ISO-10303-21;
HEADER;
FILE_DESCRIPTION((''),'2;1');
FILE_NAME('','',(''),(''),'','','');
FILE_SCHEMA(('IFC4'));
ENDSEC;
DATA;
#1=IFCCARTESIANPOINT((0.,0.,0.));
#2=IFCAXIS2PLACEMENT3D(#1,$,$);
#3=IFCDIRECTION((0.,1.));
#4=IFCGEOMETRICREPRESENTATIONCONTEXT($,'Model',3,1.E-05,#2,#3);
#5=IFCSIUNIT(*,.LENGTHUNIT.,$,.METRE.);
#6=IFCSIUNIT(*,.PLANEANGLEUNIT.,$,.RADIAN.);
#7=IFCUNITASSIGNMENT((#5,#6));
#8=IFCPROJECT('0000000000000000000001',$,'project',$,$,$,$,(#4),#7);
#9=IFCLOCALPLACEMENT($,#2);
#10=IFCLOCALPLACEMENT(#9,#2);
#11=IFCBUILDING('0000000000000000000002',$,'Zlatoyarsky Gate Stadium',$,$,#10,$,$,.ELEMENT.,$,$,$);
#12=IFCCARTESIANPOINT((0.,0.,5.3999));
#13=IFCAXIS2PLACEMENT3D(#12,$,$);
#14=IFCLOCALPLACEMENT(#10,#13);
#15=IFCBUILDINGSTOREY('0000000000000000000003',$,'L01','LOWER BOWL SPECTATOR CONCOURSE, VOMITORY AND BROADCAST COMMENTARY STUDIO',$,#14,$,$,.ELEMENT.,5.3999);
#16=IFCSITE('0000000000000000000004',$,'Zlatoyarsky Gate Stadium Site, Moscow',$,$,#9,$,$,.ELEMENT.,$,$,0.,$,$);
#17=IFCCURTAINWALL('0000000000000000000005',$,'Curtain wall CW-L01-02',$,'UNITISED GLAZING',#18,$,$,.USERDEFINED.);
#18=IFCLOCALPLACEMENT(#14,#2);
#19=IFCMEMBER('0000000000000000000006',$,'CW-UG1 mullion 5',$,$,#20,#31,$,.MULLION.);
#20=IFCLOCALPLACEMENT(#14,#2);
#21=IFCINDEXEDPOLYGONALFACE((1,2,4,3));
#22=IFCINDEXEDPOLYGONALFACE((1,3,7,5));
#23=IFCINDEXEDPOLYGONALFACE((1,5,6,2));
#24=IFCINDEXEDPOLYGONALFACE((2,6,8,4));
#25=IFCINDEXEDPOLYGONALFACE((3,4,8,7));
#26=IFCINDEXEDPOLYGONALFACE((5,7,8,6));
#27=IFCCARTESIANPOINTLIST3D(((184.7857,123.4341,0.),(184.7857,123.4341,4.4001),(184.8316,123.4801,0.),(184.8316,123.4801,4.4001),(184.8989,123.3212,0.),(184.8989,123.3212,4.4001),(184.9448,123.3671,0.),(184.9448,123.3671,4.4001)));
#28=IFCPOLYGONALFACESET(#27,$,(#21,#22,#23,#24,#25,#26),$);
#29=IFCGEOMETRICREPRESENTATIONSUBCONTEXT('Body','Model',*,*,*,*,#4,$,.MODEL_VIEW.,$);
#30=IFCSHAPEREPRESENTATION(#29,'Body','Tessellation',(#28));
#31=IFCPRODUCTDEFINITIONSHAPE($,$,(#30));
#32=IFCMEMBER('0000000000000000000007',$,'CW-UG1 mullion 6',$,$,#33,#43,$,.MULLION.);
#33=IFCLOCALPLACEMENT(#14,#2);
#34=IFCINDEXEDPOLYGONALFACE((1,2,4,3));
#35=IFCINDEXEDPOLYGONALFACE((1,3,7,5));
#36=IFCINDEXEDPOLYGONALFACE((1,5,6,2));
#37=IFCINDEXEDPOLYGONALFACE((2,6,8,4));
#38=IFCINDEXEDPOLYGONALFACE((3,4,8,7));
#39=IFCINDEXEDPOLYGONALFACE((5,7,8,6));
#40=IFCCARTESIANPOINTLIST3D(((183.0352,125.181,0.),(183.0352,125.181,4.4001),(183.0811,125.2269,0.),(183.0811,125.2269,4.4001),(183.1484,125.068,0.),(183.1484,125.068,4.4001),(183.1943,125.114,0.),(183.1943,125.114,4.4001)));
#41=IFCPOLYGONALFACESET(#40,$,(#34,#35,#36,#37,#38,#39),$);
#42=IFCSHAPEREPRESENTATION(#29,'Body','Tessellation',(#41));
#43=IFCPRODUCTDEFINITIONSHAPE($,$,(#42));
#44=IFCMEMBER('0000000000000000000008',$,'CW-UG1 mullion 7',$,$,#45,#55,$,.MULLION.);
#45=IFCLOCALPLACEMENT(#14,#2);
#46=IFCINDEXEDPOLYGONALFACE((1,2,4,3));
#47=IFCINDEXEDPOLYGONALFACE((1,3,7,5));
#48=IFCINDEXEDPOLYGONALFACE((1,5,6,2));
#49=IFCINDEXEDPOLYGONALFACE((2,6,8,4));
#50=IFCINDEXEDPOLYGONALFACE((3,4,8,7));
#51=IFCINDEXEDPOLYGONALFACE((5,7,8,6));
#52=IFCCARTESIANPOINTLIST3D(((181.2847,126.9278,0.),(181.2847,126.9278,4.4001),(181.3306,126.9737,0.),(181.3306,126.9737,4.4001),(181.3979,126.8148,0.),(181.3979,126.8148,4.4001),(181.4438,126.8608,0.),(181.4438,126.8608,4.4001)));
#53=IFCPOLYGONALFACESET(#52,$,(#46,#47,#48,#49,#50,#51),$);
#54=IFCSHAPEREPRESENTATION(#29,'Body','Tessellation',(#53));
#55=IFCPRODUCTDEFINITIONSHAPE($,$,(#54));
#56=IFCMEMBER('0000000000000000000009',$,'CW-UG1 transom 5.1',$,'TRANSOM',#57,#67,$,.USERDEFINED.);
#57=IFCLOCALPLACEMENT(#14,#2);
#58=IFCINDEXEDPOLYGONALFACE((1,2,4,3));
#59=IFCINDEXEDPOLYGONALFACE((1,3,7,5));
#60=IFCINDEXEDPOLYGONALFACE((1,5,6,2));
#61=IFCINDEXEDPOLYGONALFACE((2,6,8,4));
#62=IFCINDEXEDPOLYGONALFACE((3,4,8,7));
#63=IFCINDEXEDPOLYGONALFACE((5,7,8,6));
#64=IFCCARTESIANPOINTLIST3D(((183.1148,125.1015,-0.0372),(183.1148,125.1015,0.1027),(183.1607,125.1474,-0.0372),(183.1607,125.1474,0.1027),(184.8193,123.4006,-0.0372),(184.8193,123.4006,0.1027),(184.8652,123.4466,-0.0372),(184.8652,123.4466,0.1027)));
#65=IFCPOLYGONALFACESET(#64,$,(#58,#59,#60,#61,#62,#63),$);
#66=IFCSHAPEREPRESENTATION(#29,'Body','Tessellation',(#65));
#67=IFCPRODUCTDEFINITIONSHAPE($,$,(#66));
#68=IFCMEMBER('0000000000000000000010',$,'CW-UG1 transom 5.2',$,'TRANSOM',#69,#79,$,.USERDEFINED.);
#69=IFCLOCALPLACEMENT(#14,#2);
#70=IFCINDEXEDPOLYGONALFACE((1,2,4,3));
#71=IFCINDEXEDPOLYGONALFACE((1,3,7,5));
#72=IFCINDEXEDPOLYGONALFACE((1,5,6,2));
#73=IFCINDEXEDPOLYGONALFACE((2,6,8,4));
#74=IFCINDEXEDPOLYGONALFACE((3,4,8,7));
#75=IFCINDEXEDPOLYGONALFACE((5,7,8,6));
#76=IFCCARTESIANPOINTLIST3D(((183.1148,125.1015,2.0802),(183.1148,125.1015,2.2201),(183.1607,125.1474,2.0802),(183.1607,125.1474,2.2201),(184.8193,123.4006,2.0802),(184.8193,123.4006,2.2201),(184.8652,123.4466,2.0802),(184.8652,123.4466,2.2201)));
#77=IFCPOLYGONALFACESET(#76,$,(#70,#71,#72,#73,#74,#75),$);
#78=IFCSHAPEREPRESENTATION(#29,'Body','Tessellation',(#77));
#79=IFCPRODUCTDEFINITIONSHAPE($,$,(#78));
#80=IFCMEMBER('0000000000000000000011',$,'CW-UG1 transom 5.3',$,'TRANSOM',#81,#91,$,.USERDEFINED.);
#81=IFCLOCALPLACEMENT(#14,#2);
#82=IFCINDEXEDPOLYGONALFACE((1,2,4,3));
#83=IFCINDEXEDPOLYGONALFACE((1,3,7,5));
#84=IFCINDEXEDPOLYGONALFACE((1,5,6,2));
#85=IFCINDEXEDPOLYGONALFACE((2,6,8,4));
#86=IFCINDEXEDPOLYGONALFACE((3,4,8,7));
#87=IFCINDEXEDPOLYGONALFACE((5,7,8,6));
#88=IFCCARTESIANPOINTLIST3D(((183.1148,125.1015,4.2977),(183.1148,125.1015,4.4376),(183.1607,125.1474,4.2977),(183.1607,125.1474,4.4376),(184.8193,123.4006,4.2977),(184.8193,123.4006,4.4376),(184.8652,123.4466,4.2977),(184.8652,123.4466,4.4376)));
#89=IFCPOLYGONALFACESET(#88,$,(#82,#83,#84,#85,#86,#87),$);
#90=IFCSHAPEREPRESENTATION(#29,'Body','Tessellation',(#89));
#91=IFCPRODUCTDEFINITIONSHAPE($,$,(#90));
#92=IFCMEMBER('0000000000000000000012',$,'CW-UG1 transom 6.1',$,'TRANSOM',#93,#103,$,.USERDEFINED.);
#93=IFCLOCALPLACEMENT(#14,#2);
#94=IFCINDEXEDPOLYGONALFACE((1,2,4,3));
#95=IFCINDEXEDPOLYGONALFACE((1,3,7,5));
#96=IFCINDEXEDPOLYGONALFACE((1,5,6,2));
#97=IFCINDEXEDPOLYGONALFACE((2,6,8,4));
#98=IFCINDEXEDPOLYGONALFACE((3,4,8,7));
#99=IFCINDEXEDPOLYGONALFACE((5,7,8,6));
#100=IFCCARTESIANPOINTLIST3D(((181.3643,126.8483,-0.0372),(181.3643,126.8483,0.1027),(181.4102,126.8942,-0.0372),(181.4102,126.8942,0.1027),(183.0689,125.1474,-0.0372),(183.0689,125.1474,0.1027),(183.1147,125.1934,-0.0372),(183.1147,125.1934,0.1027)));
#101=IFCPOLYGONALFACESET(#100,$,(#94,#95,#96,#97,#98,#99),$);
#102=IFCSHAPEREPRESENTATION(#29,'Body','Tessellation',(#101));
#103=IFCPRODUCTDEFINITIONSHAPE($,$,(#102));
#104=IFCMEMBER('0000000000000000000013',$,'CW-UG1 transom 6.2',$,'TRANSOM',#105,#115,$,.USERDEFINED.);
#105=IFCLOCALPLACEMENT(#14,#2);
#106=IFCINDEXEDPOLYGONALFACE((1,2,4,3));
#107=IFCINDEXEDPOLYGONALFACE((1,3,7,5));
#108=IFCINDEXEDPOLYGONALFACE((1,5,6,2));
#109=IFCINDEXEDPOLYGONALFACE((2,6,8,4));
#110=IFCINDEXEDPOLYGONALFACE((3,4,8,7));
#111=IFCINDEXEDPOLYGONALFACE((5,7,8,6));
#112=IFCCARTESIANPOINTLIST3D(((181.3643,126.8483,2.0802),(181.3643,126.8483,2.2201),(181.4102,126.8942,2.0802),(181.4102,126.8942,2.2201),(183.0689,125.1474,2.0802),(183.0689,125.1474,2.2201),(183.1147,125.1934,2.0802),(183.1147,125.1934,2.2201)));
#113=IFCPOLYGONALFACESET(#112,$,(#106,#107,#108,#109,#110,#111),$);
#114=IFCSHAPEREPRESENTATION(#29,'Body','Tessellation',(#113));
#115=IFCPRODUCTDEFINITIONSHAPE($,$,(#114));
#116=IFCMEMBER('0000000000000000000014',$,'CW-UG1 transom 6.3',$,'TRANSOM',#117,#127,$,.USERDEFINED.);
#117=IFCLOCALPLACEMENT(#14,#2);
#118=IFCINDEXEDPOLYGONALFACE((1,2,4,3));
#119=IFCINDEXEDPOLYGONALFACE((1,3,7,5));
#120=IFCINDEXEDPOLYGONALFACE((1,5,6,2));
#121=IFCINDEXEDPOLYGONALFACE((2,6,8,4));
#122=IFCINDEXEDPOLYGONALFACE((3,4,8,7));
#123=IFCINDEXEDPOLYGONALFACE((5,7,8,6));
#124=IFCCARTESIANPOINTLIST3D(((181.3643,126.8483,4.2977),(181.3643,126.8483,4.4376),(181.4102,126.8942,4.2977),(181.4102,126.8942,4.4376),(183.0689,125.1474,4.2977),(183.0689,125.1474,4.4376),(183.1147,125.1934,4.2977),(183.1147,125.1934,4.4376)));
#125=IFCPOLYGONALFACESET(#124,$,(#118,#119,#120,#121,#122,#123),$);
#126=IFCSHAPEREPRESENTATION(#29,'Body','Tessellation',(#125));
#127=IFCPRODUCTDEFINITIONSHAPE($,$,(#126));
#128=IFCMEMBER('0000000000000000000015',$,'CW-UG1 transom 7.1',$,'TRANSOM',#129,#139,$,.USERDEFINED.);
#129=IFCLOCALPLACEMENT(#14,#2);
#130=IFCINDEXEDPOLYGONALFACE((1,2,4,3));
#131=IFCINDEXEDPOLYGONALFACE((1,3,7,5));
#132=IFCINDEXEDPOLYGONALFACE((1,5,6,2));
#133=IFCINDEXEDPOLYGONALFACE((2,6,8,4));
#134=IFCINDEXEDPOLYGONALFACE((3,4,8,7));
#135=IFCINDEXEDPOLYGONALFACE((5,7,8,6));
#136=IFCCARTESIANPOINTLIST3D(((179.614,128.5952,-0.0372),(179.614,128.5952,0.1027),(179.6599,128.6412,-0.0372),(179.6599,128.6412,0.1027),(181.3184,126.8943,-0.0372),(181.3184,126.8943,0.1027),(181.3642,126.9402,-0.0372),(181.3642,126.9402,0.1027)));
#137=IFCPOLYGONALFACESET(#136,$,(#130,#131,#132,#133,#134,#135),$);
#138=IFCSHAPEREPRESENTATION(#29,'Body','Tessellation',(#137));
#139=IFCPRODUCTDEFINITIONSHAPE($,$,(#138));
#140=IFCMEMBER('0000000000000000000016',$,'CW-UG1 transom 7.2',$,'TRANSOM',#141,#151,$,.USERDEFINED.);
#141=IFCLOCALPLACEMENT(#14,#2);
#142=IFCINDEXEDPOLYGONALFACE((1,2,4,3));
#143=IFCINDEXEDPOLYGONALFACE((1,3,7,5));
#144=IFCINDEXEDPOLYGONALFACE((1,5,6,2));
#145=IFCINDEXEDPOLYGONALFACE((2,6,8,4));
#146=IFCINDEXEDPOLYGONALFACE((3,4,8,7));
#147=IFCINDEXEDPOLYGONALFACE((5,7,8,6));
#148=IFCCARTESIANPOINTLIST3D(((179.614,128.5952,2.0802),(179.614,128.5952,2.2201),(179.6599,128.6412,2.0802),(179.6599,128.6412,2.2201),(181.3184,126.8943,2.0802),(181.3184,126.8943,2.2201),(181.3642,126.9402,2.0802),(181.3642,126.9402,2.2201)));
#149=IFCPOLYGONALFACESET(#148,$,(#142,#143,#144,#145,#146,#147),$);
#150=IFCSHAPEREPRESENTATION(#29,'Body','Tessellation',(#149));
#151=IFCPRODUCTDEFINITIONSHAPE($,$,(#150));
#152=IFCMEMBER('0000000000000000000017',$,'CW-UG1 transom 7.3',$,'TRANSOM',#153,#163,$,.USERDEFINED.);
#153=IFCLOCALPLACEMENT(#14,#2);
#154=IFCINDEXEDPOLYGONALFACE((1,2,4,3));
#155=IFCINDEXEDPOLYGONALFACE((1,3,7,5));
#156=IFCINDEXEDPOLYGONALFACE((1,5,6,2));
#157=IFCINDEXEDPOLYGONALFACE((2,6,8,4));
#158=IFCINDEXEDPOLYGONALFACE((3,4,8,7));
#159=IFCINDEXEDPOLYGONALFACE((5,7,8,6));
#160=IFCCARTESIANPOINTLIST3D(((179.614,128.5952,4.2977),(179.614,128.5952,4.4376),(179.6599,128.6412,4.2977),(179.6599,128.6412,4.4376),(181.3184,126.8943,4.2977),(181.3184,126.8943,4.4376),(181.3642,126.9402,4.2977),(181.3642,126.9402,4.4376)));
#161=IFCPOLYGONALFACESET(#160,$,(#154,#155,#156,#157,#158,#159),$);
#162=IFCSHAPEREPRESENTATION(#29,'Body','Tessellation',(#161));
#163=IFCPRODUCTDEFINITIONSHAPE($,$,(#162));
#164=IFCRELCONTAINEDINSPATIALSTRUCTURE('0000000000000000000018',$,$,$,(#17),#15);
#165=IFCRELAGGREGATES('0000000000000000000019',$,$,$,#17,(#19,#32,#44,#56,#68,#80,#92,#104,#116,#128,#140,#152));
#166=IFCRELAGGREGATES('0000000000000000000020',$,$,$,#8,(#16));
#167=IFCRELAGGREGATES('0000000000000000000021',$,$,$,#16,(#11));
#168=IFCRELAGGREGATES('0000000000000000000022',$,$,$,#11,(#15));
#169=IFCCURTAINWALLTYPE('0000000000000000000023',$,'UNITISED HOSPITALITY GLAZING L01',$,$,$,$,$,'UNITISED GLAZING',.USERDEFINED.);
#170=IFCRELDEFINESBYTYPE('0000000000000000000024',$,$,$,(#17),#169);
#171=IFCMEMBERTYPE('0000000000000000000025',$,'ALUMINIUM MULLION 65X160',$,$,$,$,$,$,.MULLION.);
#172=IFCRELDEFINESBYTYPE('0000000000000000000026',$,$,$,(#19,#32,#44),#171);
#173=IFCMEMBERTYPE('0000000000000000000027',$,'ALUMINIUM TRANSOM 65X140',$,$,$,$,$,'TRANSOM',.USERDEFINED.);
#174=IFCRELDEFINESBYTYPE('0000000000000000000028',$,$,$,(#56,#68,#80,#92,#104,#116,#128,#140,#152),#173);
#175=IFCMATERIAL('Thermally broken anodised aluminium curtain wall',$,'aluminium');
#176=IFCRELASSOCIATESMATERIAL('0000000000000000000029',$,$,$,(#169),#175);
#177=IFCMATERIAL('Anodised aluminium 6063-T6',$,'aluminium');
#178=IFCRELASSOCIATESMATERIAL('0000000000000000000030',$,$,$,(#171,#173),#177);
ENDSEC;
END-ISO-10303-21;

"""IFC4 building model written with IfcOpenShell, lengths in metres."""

from ifc_helpers import new_model, si_unit, direction, frame, origin, origin_2d, place, context, subcontext, project, spatial, rectangle, extrude, material, material_profile, profile_set, type_object, element, aggregate, save


model = new_model("IFC4")

# Units and contexts
model_context = context("Model", 3, precision=1e-05, world=origin(), true_north=direction((0.0, 1.0)))
body_context = subcontext(model_context, "Body", "Model", "MODEL_VIEW")
ifc_project = project(units=[si_unit("LENGTHUNIT", "METRE"), si_unit("PLANEANGLEUNIT", "RADIAN")], contexts=[model_context])

# Site, building, storey
site_placement = place(None, origin())
site = spatial("IfcSite", under=ifc_project, at=site_placement, Name="Zlatoyarsky Gate Stadium Site, Moscow", CompositionType="ELEMENT", RefElevation=0.0)
building_placement = place(site_placement, origin())
building = spatial("IfcBuilding", under=site, at=building_placement, Name="Zlatoyarsky Gate Stadium", CompositionType="ELEMENT")
storey_placement = place(building_placement, frame((0.0, 0.0, 5.3999)))
storey = spatial("IfcBuildingStorey", under=building, at=storey_placement, Name="L01", Description="LOWER BOWL SPECTATOR CONCOURSE, VOMITORY AND BROADCAST COMMENTARY STUDIO", CompositionType="ELEMENT", Elevation=5.3999)

# Curtain wall, members
ifc_material_1 = material(Name="Thermally broken anodised aluminium curtain wall", Category="aluminium")
curtain_wall_type = type_object("IfcCurtainWallType", Name="UNITISED HOSPITALITY GLAZING L01", ElementType="UNITISED GLAZING", PredefinedType="USERDEFINED", material=ifc_material_1)
curtain_wall_placement = place(storey_placement, origin())
curtain_wall = element("IfcCurtainWall", 1, at=curtain_wall_placement, inside=storey, type_object=curtain_wall_type, Name="Curtain wall CW-L01-02", ObjectType="UNITISED GLAZING", PredefinedType="USERDEFINED")
ifc_material_2 = material(Name="Anodised aluminium 6063-T6", Category="aluminium")
ifc_material_profile_1 = material_profile(ifc_material_2, rectangle(XDim=0.0649, YDim=0.1599, at=origin_2d()), Name="ALU 65X160")
ifc_profile_set_1 = profile_set([ifc_material_profile_1], Name="Anodised aluminium 6063-T6")
member_type_1 = type_object("IfcMemberType", Name="ALUMINIUM MULLION 65X160", PredefinedType="MULLION", material=ifc_profile_set_1)
member_1_placement = place(storey_placement, frame((184.8652, 123.4006, 0.0), z_axis=(0.0, 0.0, 1.0), x_axis=(-0.706371, -0.707842, 0.0)))
member_1 = element("IfcMember", 2, at=member_1_placement, type_object=member_type_1, Name="CW-UG1 mullion 5", PredefinedType="MULLION", context=body_context, shape_type="SweptSolid", body=[
    extrude(rectangle(XDim=0.0649, YDim=0.1599, at=origin_2d()), origin(), (0.0, 0.0, 1.0), 4.4001),
])
member_2_placement = place(storey_placement, frame((183.1147, 125.1475, 0.0), z_axis=(0.0, 0.0, 1.0), x_axis=(-0.706371, -0.707842, 0.0)))
member_2 = element("IfcMember", 3, at=member_2_placement, type_object=member_type_1, Name="CW-UG1 mullion 6", PredefinedType="MULLION", context=body_context, shape_type="SweptSolid", body=[
    extrude(rectangle(XDim=0.0649, YDim=0.1599, at=origin_2d()), origin(), (0.0, 0.0, 1.0), 4.4001),
])
member_3_placement = place(storey_placement, frame((181.3643, 126.8943, 0.0), z_axis=(0.0, 0.0, 1.0), x_axis=(-0.706371, -0.707842, 0.0)))
member_3 = element("IfcMember", 4, at=member_3_placement, type_object=member_type_1, Name="CW-UG1 mullion 7", PredefinedType="MULLION", context=body_context, shape_type="SweptSolid", body=[
    extrude(rectangle(XDim=0.0649, YDim=0.1599, at=origin_2d()), origin(), (0.0, 0.0, 1.0), 4.4001),
])
ifc_material_profile_2 = material_profile(ifc_material_2, rectangle(XDim=0.0649, YDim=0.1399, at=origin_2d()), Name="ALU 65X140")
ifc_profile_set_2 = profile_set([ifc_material_profile_2], Name="Anodised aluminium 6063-T6")
member_type_2 = type_object("IfcMemberType", Name="ALUMINIUM TRANSOM 65X140", ElementType="TRANSOM", PredefinedType="USERDEFINED", material=ifc_profile_set_2)
member_4_placement = place(storey_placement, frame((184.8423, 123.4236, 0.0327), z_axis=(-0.707867, 0.706346, 0.0), x_axis=(-0.706346, -0.707867, 0.0)))
member_4 = element("IfcMember", 5, at=member_4_placement, type_object=member_type_2, Name="CW-UG1 transom 5.1", ObjectType="TRANSOM", PredefinedType="USERDEFINED", context=body_context, shape_type="SweptSolid", body=[
    extrude(rectangle(XDim=0.0649, YDim=0.1399, at=origin_2d()), origin(), (0.0, 0.0, 1.0), 2.408),
])
member_5_placement = place(storey_placement, frame((184.8423, 123.4236, 2.1501), z_axis=(-0.707867, 0.706346, 0.0), x_axis=(-0.706346, -0.707867, 0.0)))
member_5 = element("IfcMember", 6, at=member_5_placement, type_object=member_type_2, Name="CW-UG1 transom 5.2", ObjectType="TRANSOM", PredefinedType="USERDEFINED", context=body_context, shape_type="SweptSolid", body=[
    extrude(rectangle(XDim=0.0649, YDim=0.1399, at=origin_2d()), origin(), (0.0, 0.0, 1.0), 2.408),
])
member_6_placement = place(storey_placement, frame((184.8423, 123.4236, 4.3677), z_axis=(-0.707867, 0.706346, 0.0), x_axis=(-0.706346, -0.707867, 0.0)))
member_6 = element("IfcMember", 7, at=member_6_placement, type_object=member_type_2, Name="CW-UG1 transom 5.3", ObjectType="TRANSOM", PredefinedType="USERDEFINED", context=body_context, shape_type="SweptSolid", body=[
    extrude(rectangle(XDim=0.0649, YDim=0.1399, at=origin_2d()), origin(), (0.0, 0.0, 1.0), 2.408),
])
member_7_placement = place(storey_placement, frame((183.0918, 125.1704, 0.0327), z_axis=(-0.707867, 0.706346, 0.0), x_axis=(-0.706346, -0.707867, 0.0)))
member_7 = element("IfcMember", 8, at=member_7_placement, type_object=member_type_2, Name="CW-UG1 transom 6.1", ObjectType="TRANSOM", PredefinedType="USERDEFINED", context=body_context, shape_type="SweptSolid", body=[
    extrude(rectangle(XDim=0.0649, YDim=0.1399, at=origin_2d()), origin(), (0.0, 0.0, 1.0), 2.408),
])
member_8_placement = place(storey_placement, frame((183.0918, 125.1704, 2.1501), z_axis=(-0.707867, 0.706346, 0.0), x_axis=(-0.706346, -0.707867, 0.0)))
member_8 = element("IfcMember", 9, at=member_8_placement, type_object=member_type_2, Name="CW-UG1 transom 6.2", ObjectType="TRANSOM", PredefinedType="USERDEFINED", context=body_context, shape_type="SweptSolid", body=[
    extrude(rectangle(XDim=0.0649, YDim=0.1399, at=origin_2d()), origin(), (0.0, 0.0, 1.0), 2.408),
])
member_9_placement = place(storey_placement, frame((183.0918, 125.1704, 4.3677), z_axis=(-0.707867, 0.706346, 0.0), x_axis=(-0.706346, -0.707867, 0.0)))
member_9 = element("IfcMember", 10, at=member_9_placement, type_object=member_type_2, Name="CW-UG1 transom 6.3", ObjectType="TRANSOM", PredefinedType="USERDEFINED", context=body_context, shape_type="SweptSolid", body=[
    extrude(rectangle(XDim=0.0649, YDim=0.1399, at=origin_2d()), origin(), (0.0, 0.0, 1.0), 2.408),
])
member_10_placement = place(storey_placement, frame((181.3413, 126.9172, 0.0327), z_axis=(-0.707816, 0.706397, 0.0), x_axis=(-0.706397, -0.707816, 0.0)))
member_10 = element("IfcMember", 11, at=member_10_placement, type_object=member_type_2, Name="CW-UG1 transom 7.1", ObjectType="TRANSOM", PredefinedType="USERDEFINED", context=body_context, shape_type="SweptSolid", body=[
    extrude(rectangle(XDim=0.0649, YDim=0.1399, at=origin_2d()), origin(), (0.0, 0.0, 1.0), 2.408),
])
member_11_placement = place(storey_placement, frame((181.3413, 126.9172, 2.1501), z_axis=(-0.707816, 0.706397, 0.0), x_axis=(-0.706397, -0.707816, 0.0)))
member_11 = element("IfcMember", 12, at=member_11_placement, type_object=member_type_2, Name="CW-UG1 transom 7.2", ObjectType="TRANSOM", PredefinedType="USERDEFINED", context=body_context, shape_type="SweptSolid", body=[
    extrude(rectangle(XDim=0.0649, YDim=0.1399, at=origin_2d()), origin(), (0.0, 0.0, 1.0), 2.408),
])
member_12_placement = place(storey_placement, frame((181.3413, 126.9172, 4.3677), z_axis=(-0.707816, 0.706397, 0.0), x_axis=(-0.706397, -0.707816, 0.0)))
member_12 = element("IfcMember", 13, at=member_12_placement, type_object=member_type_2, Name="CW-UG1 transom 7.3", ObjectType="TRANSOM", PredefinedType="USERDEFINED", context=body_context, shape_type="SweptSolid", body=[
    extrude(rectangle(XDim=0.0649, YDim=0.1399, at=origin_2d()), origin(), (0.0, 0.0, 1.0), 2.408),
])

aggregate(curtain_wall, [member_1, member_2, member_3, member_4, member_5, member_6, member_7, member_8, member_9, member_10, member_11, member_12])

save(model, "model.ifc")
